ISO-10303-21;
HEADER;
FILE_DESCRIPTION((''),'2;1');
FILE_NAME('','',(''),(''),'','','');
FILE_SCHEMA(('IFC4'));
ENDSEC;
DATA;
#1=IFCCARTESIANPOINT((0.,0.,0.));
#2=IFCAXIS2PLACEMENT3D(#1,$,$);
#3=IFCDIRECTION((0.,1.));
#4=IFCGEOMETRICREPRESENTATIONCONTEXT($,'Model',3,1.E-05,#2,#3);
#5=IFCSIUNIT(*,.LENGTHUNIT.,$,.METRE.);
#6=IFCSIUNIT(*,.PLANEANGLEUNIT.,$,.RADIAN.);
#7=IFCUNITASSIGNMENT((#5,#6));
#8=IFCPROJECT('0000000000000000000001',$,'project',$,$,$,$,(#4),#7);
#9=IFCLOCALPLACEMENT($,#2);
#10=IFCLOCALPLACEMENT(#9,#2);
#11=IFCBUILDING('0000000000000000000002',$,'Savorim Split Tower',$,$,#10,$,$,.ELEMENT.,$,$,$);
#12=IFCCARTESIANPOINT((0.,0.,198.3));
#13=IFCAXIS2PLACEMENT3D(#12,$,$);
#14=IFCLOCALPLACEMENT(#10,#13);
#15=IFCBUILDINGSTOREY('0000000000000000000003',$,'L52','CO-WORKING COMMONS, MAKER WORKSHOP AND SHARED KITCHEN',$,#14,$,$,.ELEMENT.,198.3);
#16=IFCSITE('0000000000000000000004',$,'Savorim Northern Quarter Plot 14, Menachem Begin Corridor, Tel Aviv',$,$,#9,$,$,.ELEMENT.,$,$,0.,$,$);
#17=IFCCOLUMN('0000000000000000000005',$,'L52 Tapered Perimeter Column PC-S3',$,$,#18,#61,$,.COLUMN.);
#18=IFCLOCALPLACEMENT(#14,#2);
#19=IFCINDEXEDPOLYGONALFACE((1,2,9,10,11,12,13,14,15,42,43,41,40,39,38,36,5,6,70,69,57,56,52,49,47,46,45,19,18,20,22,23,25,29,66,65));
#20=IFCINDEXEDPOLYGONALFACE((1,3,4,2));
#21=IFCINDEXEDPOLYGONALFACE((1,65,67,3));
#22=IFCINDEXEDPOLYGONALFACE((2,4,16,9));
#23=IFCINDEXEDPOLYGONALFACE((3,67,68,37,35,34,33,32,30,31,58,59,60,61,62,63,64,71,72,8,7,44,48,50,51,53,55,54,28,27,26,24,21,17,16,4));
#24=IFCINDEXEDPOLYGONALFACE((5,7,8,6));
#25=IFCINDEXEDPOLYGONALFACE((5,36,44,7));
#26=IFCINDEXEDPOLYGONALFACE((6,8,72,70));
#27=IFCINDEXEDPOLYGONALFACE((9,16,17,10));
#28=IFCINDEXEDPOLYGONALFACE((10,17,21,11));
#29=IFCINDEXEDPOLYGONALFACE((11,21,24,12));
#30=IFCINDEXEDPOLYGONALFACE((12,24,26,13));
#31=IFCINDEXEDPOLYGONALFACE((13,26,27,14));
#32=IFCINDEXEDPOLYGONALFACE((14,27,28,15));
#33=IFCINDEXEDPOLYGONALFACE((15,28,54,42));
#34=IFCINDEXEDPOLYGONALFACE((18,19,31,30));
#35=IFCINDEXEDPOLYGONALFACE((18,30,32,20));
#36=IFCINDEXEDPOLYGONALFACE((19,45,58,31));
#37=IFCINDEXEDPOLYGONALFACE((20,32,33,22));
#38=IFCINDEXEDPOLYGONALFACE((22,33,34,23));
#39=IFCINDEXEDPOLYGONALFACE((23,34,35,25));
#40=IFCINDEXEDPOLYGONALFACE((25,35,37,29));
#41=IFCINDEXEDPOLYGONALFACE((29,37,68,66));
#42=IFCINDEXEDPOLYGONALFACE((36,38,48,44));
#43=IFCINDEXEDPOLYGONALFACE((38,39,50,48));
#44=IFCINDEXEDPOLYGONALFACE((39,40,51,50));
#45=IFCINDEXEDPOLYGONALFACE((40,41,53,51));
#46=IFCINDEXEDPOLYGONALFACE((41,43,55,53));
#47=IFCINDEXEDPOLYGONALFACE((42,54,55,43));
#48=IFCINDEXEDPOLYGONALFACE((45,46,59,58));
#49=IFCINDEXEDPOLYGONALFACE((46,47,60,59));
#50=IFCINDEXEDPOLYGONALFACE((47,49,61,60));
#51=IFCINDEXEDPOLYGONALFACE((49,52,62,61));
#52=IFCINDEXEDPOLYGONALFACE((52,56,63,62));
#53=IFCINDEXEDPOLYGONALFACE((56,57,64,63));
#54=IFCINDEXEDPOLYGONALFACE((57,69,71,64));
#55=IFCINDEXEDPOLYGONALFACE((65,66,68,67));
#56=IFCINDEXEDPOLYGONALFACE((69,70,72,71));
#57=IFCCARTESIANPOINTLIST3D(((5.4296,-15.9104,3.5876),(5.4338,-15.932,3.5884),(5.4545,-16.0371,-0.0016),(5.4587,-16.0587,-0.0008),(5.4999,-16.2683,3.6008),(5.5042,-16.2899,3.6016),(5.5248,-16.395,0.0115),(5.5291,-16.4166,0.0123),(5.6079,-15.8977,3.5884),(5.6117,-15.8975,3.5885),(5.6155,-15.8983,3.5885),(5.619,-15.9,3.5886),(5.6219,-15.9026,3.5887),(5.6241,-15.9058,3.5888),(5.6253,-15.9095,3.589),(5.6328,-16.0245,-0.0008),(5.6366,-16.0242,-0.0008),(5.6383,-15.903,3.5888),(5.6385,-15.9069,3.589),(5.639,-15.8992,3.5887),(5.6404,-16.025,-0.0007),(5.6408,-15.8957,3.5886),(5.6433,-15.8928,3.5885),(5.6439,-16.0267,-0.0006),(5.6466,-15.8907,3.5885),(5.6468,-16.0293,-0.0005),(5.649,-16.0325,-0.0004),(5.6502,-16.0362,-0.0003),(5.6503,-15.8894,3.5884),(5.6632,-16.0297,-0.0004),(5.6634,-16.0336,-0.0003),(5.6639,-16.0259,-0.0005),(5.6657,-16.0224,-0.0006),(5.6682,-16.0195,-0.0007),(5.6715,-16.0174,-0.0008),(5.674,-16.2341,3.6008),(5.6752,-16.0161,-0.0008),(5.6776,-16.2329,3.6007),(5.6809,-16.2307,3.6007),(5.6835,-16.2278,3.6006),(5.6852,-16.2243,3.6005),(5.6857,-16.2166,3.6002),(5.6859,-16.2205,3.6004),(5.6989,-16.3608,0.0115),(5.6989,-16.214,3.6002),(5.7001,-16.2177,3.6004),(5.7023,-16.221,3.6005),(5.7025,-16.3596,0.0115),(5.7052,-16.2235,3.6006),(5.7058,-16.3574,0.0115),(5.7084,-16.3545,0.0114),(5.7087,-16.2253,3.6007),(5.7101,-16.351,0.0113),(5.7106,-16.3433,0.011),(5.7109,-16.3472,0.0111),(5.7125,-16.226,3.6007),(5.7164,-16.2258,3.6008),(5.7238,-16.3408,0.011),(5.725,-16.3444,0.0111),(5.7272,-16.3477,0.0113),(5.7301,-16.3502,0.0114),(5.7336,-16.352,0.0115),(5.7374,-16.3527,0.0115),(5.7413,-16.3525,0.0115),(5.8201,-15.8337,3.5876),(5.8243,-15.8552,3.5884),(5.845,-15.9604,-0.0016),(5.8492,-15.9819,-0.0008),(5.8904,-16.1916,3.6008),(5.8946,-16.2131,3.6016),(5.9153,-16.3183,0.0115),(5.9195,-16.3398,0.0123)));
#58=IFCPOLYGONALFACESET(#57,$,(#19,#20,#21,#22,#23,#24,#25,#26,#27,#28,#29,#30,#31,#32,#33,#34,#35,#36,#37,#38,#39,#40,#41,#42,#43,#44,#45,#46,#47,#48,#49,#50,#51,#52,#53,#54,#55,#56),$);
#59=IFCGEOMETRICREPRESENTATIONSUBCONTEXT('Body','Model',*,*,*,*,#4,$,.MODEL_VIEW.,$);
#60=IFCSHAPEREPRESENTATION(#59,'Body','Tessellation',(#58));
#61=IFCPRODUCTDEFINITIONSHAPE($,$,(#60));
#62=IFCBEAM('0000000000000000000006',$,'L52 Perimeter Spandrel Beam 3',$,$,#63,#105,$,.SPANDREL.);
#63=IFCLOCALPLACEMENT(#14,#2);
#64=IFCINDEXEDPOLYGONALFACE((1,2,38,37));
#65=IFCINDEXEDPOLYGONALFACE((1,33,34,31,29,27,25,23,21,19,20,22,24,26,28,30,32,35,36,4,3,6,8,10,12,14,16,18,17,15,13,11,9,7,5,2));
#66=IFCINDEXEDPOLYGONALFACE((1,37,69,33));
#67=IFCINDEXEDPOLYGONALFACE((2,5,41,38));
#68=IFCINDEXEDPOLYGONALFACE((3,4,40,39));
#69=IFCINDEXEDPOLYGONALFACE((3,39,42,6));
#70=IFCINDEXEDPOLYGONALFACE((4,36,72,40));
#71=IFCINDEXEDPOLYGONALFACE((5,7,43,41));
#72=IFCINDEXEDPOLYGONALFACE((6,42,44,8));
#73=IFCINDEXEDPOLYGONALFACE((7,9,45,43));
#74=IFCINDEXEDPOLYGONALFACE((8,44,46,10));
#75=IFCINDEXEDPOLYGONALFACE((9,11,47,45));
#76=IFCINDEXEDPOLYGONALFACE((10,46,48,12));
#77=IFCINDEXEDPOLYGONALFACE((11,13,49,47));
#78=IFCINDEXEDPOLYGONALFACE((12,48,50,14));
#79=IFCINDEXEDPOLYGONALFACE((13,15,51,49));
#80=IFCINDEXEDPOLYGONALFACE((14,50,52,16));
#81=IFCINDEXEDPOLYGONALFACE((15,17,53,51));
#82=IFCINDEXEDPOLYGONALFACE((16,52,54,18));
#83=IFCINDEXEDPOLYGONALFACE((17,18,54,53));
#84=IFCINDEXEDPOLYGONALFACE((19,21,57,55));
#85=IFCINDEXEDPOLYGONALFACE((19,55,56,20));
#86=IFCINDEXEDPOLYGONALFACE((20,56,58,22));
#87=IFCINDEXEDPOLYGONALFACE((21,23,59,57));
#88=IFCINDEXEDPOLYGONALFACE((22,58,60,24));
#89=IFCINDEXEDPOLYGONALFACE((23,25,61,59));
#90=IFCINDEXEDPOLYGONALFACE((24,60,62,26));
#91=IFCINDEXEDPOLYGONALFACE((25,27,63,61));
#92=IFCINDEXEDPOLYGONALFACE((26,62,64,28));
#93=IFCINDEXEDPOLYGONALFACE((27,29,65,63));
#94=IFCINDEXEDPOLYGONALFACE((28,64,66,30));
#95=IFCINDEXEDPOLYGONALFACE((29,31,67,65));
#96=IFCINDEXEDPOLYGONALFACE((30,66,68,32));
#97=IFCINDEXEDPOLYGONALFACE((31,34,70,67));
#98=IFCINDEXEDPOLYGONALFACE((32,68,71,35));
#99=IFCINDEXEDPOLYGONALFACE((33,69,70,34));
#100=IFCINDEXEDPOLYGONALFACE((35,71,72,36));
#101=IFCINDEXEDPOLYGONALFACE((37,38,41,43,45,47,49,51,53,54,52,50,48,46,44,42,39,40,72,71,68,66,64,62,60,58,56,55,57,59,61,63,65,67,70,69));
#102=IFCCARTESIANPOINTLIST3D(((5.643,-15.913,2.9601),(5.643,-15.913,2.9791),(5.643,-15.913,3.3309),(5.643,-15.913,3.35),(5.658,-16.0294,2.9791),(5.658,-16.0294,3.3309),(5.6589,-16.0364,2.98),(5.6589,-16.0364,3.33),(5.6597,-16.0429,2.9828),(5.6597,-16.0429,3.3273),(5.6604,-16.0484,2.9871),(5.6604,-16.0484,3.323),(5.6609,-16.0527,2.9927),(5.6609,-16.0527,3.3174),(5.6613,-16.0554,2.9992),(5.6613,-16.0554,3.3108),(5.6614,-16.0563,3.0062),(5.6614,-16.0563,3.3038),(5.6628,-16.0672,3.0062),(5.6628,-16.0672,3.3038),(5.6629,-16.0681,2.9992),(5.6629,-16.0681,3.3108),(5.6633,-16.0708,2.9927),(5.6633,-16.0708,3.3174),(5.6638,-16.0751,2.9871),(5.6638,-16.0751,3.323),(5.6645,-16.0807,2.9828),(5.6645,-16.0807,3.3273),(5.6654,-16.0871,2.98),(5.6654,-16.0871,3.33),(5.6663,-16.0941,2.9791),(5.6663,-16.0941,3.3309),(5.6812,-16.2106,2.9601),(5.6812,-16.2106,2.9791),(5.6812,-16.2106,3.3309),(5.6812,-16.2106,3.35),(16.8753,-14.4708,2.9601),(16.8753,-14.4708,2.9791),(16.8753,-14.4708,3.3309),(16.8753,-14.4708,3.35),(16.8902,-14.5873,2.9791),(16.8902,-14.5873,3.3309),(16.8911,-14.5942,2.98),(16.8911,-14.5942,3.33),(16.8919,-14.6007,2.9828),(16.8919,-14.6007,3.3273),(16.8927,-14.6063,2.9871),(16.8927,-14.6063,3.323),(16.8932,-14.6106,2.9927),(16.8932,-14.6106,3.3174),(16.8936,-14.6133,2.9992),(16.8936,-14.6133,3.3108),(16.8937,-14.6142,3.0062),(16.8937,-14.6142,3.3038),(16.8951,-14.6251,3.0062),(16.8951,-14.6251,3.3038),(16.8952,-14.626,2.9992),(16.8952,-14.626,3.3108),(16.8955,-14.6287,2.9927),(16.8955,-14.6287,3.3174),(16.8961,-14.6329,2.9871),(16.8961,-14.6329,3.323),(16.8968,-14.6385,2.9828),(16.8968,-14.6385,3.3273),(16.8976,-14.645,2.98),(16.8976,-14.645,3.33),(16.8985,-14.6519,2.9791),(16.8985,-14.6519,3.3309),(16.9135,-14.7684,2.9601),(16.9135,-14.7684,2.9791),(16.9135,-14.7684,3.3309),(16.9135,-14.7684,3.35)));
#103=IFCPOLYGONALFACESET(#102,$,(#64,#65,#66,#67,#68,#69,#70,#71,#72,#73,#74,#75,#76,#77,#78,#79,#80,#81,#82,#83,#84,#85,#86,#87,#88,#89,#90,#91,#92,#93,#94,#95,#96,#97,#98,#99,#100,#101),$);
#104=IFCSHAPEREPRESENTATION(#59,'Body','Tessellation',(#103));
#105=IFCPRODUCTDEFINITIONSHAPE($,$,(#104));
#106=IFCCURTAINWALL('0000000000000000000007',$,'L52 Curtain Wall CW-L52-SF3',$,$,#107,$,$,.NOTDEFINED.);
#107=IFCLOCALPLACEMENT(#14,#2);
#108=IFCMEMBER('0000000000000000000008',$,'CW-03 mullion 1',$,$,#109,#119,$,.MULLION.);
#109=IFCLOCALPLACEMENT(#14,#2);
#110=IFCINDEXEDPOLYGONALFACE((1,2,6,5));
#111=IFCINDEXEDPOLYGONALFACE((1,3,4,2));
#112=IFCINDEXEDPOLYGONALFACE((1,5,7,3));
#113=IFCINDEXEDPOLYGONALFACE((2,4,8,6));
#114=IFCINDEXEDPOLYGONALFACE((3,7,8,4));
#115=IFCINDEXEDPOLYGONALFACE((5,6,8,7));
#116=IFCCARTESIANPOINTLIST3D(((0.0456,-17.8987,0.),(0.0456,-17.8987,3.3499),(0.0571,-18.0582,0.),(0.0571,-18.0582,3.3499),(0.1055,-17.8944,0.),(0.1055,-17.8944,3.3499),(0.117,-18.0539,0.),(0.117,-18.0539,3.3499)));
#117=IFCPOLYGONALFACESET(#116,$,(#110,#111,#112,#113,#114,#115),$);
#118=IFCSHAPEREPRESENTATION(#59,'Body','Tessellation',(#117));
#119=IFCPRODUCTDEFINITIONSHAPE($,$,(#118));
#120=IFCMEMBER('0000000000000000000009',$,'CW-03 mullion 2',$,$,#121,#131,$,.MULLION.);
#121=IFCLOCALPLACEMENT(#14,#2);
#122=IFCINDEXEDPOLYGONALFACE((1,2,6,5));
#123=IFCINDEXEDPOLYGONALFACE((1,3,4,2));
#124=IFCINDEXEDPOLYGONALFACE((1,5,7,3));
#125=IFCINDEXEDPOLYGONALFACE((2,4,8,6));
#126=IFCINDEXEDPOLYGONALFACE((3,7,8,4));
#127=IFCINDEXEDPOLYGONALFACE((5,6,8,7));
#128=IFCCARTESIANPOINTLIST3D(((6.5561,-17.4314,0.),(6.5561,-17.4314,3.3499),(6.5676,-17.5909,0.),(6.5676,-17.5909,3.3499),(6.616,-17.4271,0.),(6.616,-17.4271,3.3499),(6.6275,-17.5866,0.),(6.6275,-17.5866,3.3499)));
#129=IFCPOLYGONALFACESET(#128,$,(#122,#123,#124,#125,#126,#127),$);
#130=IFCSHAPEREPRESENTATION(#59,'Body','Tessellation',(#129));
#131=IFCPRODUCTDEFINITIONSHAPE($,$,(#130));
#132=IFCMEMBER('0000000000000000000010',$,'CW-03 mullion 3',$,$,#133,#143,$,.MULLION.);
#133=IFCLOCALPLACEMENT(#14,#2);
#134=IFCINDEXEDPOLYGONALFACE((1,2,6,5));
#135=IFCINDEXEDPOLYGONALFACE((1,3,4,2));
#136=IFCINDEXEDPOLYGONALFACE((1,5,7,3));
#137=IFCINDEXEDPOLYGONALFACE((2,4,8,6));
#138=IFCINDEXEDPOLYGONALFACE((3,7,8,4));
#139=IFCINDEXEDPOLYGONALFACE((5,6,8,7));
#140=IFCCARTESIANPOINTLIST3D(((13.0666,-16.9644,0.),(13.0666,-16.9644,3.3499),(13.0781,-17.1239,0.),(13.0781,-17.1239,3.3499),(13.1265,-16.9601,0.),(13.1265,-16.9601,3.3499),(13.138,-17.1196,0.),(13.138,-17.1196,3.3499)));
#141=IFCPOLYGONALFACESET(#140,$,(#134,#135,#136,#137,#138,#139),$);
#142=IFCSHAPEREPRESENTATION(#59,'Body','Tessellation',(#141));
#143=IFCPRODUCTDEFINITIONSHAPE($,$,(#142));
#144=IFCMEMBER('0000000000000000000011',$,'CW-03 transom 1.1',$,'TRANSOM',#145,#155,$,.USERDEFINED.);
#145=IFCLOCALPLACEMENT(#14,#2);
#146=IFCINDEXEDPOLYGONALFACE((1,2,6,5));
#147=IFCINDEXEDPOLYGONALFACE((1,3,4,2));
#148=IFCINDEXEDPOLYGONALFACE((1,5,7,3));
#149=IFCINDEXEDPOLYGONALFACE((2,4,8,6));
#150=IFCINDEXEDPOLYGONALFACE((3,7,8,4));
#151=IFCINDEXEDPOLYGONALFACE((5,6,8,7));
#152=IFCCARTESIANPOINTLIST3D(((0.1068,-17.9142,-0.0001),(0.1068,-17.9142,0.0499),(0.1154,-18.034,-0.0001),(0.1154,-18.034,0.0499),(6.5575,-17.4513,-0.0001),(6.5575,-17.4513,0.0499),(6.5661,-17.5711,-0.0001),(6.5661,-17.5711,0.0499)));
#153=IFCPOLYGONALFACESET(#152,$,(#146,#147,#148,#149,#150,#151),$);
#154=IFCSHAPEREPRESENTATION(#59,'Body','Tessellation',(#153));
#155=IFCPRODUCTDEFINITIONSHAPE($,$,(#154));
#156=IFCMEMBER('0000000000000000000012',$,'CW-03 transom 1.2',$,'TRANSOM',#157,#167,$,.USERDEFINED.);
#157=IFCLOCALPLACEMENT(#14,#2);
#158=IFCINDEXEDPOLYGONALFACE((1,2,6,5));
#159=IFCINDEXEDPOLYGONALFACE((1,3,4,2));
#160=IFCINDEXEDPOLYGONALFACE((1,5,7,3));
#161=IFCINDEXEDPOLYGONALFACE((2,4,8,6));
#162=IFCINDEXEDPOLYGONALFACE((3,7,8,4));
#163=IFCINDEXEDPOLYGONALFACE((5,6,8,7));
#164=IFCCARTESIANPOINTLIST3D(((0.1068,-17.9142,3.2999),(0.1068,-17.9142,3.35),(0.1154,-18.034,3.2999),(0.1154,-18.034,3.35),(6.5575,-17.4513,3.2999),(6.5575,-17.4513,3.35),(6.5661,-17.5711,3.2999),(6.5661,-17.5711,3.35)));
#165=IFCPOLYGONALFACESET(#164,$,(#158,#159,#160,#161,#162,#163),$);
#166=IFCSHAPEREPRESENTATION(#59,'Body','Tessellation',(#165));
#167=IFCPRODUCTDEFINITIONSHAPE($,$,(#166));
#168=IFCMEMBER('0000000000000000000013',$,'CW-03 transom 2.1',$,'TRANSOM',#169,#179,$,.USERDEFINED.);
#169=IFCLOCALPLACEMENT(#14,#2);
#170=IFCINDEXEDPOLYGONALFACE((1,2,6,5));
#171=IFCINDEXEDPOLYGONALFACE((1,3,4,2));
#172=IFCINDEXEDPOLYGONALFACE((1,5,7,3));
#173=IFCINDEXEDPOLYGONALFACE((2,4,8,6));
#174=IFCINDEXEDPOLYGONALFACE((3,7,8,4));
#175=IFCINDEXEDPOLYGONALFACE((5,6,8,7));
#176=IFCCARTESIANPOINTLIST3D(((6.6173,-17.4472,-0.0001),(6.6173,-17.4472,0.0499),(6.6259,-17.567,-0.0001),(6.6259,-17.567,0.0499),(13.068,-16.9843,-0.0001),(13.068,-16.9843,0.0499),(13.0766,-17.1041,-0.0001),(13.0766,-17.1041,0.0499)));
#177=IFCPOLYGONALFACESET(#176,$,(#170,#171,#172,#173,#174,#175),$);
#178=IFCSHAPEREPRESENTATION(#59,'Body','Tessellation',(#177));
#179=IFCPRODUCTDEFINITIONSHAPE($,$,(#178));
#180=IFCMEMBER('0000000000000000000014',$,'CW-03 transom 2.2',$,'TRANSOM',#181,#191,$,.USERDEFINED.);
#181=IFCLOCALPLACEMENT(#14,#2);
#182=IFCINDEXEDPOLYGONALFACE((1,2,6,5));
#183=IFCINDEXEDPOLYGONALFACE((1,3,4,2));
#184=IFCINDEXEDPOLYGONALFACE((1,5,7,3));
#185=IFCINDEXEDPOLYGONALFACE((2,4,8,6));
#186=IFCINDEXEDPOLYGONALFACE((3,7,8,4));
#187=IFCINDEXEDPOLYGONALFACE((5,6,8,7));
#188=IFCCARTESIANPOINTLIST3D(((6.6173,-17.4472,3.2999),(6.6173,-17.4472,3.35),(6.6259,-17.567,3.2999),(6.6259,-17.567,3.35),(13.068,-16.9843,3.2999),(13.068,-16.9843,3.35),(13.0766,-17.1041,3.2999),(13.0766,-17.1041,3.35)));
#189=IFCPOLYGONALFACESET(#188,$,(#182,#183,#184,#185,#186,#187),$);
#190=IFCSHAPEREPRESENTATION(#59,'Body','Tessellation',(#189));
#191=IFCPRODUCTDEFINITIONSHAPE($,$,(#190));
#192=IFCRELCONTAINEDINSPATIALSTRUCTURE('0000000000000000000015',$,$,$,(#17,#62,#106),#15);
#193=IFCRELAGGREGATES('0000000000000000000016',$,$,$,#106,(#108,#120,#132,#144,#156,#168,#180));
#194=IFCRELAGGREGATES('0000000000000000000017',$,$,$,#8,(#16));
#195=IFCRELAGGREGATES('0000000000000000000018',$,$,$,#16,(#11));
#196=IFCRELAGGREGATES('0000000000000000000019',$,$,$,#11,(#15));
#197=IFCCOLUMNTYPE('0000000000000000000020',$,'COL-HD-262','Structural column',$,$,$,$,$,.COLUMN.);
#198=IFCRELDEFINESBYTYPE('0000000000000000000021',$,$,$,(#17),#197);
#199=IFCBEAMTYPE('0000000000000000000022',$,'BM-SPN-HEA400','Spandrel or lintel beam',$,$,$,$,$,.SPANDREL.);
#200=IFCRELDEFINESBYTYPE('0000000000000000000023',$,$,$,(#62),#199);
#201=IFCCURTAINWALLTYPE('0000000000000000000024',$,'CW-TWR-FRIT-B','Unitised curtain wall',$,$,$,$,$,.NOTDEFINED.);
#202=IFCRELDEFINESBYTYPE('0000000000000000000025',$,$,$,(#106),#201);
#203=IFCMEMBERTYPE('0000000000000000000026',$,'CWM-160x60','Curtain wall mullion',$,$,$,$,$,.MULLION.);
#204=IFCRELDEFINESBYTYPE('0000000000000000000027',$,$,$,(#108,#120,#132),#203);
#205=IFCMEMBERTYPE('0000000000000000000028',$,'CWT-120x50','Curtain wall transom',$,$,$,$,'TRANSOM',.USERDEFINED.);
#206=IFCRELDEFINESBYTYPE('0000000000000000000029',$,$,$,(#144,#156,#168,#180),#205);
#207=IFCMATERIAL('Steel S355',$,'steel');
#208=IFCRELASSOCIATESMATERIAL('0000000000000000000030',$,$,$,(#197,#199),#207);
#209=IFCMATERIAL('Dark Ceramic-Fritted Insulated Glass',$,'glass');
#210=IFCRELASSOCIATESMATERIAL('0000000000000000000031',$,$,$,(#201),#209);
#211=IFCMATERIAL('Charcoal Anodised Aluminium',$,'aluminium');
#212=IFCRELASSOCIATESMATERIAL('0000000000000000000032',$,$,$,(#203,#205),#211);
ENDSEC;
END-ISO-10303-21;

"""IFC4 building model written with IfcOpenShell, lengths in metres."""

from ifc_helpers import new_model, si_unit, direction, frame, origin, origin_2d, place, context, subcontext, project, spatial, rectangle, i_section, extrude, material, material_profile, profile_set, type_object, element, aggregate, save


model = new_model("IFC4")

# Units and contexts
model_context = context("Model", 3, precision=1e-05, world=origin(), true_north=direction((0.0, 1.0)))
body_context = subcontext(model_context, "Body", "Model", "MODEL_VIEW")
ifc_project = project(units=[si_unit("LENGTHUNIT", "METRE"), si_unit("PLANEANGLEUNIT", "RADIAN")], contexts=[model_context])

# Site, building, storey
site_placement = place(None, origin())
site = spatial("IfcSite", under=ifc_project, at=site_placement, Name="Savorim Northern Quarter Plot 14, Menachem Begin Corridor, Tel Aviv", CompositionType="ELEMENT", RefElevation=0.0)
building_placement = place(site_placement, origin())
building = spatial("IfcBuilding", under=site, at=building_placement, Name="Savorim Split Tower", CompositionType="ELEMENT")
storey_placement = place(building_placement, frame((0.0, 0.0, 198.3)))
storey = spatial("IfcBuildingStorey", under=building, at=storey_placement, Name="L52", Description="CO-WORKING COMMONS, MAKER WORKSHOP AND SHARED KITCHEN", CompositionType="ELEMENT", Elevation=198.3)

# Column
ifc_material_1 = material(Name="Steel S355", Category="steel")
ifc_material_profile_1 = material_profile(ifc_material_1, i_section(OverallWidth=0.3979, OverallDepth=0.387, WebThickness=0.0134, FlangeThickness=0.022, FilletRadius=0.0149, at=origin_2d()), Name="HD 400x262")
ifc_profile_set_1 = profile_set([ifc_material_profile_1], Name="Steel S355")
column_type = type_object("IfcColumnType", Name="COL-HD-262", Description="Structural column", PredefinedType="COLUMN", material=ifc_profile_set_1)
column_placement = place(storey_placement, frame((5.687, -16.1885, 0.0054), z_axis=(-0.006934, 0.035281, 0.999353), x_axis=(-0.98123, -0.192843, 0.0)))
element("IfcColumn", 1, at=column_placement, inside=storey, type_object=column_type, Name="L52 Tapered Perimeter Column PC-S3", PredefinedType="COLUMN", context=body_context, shape_type="SweptSolid", body=[
    extrude(i_section(OverallWidth=0.3979, OverallDepth=0.387, WebThickness=0.0134, FlangeThickness=0.022, FilletRadius=0.0149, at=origin_2d()), origin(), (0.0, 0.0, 1.0), 3.5916),
])

# Beam
ifc_material_profile_2 = material_profile(ifc_material_1, i_section(OverallWidth=0.3, OverallDepth=0.3899, WebThickness=0.011, FlangeThickness=0.019, FilletRadius=0.0271, at=origin_2d()), Name="HEA 400")
ifc_profile_set_2 = profile_set([ifc_material_profile_2], Name="Steel S355")
beam_type = type_object("IfcBeamType", Name="BM-SPN-HEA400", Description="Spandrel or lintel beam", PredefinedType="SPANDREL", material=ifc_profile_set_2)
beam_placement = place(storey_placement, frame((5.6621, -16.0618, 3.155), z_axis=(0.991858, 0.127348, 0.0), x_axis=(-0.127348, 0.991858, 0.0)))
element("IfcBeam", 2, at=beam_placement, inside=storey, type_object=beam_type, Name="L52 Perimeter Spandrel Beam 3", PredefinedType="SPANDREL", context=body_context, shape_type="SweptSolid", body=[
    extrude(i_section(OverallWidth=0.3, OverallDepth=0.3899, WebThickness=0.011, FlangeThickness=0.019, FilletRadius=0.0271, at=origin_2d()), origin(), (0.0, 0.0, 1.0), 11.3245),
])

# Curtain wall, members
ifc_material_2 = material(Name="Dark Ceramic-Fritted Insulated Glass", Category="glass")
curtain_wall_type = type_object("IfcCurtainWallType", Name="CW-TWR-FRIT-B", Description="Unitised curtain wall", PredefinedType="NOTDEFINED", material=ifc_material_2)
curtain_wall_placement = place(storey_placement, origin())
curtain_wall = element("IfcCurtainWall", 3, at=curtain_wall_placement, inside=storey, type_object=curtain_wall_type, Name="L52 Curtain Wall CW-L52-SF3", PredefinedType="NOTDEFINED")
ifc_material_3 = material(Name="Charcoal Anodised Aluminium", Category="aluminium")
ifc_material_profile_3 = material_profile(ifc_material_3, rectangle(XDim=0.1599, YDim=0.0601, at=origin_2d()), Name="ALU-M 160x60")
ifc_profile_set_3 = profile_set([ifc_material_profile_3], Name="Charcoal Anodised Aluminium")
member_type_1 = type_object("IfcMemberType", Name="CWM-160x60", Description="Curtain wall mullion", PredefinedType="MULLION", material=ifc_profile_set_3)
member_1_placement = place(storey_placement, frame((0.0813, -17.9763, 0.0), z_axis=(0.0, 0.0, 1.0), x_axis=(-0.071562, 0.997436, 0.0)))
member_1 = element("IfcMember", 4, at=member_1_placement, type_object=member_type_1, Name="CW-03 mullion 1", PredefinedType="MULLION", context=body_context, shape_type="SweptSolid", body=[
    extrude(rectangle(XDim=0.1599, YDim=0.0601, at=origin_2d()), origin(), (0.0, 0.0, 1.0), 3.3499),
])
member_2_placement = place(storey_placement, frame((6.5918, -17.509, 0.0), z_axis=(0.0, 0.0, 1.0), x_axis=(-0.071562, 0.997436, 0.0)))
member_2 = element("IfcMember", 5, at=member_2_placement, type_object=member_type_1, Name="CW-03 mullion 2", PredefinedType="MULLION", context=body_context, shape_type="SweptSolid", body=[
    extrude(rectangle(XDim=0.1599, YDim=0.0601, at=origin_2d()), origin(), (0.0, 0.0, 1.0), 3.3499),
])
member_3_placement = place(storey_placement, frame((13.1023, -17.042, 0.0), z_axis=(0.0, 0.0, 1.0), x_axis=(-0.071562, 0.997436, 0.0)))
member_3 = element("IfcMember", 6, at=member_3_placement, type_object=member_type_1, Name="CW-03 mullion 3", PredefinedType="MULLION", context=body_context, shape_type="SweptSolid", body=[
    extrude(rectangle(XDim=0.1599, YDim=0.0601, at=origin_2d()), origin(), (0.0, 0.0, 1.0), 3.3499),
])
ifc_material_profile_4 = material_profile(ifc_material_3, rectangle(XDim=0.1201, YDim=0.05, at=origin_2d()), Name="ALU-T 120x50")
ifc_profile_set_4 = profile_set([ifc_material_profile_4], Name="Charcoal Anodised Aluminium")
member_type_2 = type_object("IfcMemberType", Name="CWT-120x50", Description="Curtain wall transom", ElementType="TRANSOM", PredefinedType="USERDEFINED", material=ifc_profile_set_4)
member_4_placement = place(storey_placement, frame((0.1111, -17.9741, 0.0249), z_axis=(0.997435, 0.071574, 0.0), x_axis=(-0.071574, 0.997435, 0.0)))
member_4 = element("IfcMember", 7, at=member_4_placement, type_object=member_type_2, Name="CW-03 transom 1.1", ObjectType="TRANSOM", PredefinedType="USERDEFINED", context=body_context, shape_type="SweptSolid", body=[
    extrude(rectangle(XDim=0.1201, YDim=0.05, at=origin_2d()), origin(), (0.0, 0.0, 1.0), 6.4673),
])
member_5_placement = place(storey_placement, frame((0.1111, -17.9741, 3.325), z_axis=(0.997435, 0.071574, 0.0), x_axis=(-0.071574, 0.997435, 0.0)))
member_5 = element("IfcMember", 8, at=member_5_placement, type_object=member_type_2, Name="CW-03 transom 1.2", ObjectType="TRANSOM", PredefinedType="USERDEFINED", context=body_context, shape_type="SweptSolid", body=[
    extrude(rectangle(XDim=0.1201, YDim=0.05, at=origin_2d()), origin(), (0.0, 0.0, 1.0), 6.4673),
])
member_6_placement = place(storey_placement, frame((6.6216, -17.5071, 0.0249), z_axis=(0.997435, 0.071574, 0.0), x_axis=(-0.071574, 0.997435, 0.0)))
member_6 = element("IfcMember", 9, at=member_6_placement, type_object=member_type_2, Name="CW-03 transom 2.1", ObjectType="TRANSOM", PredefinedType="USERDEFINED", context=body_context, shape_type="SweptSolid", body=[
    extrude(rectangle(XDim=0.1201, YDim=0.05, at=origin_2d()), origin(), (0.0, 0.0, 1.0), 6.4673),
])
member_7_placement = place(storey_placement, frame((6.6216, -17.5071, 3.325), z_axis=(0.997435, 0.071574, 0.0), x_axis=(-0.071574, 0.997435, 0.0)))
member_7 = element("IfcMember", 10, at=member_7_placement, type_object=member_type_2, Name="CW-03 transom 2.2", ObjectType="TRANSOM", PredefinedType="USERDEFINED", context=body_context, shape_type="SweptSolid", body=[
    extrude(rectangle(XDim=0.1201, YDim=0.05, at=origin_2d()), origin(), (0.0, 0.0, 1.0), 6.4673),
])
aggregate(curtain_wall, [member_1, member_2, member_3, member_4, member_5, member_6, member_7])

save(model, "model.ifc")
